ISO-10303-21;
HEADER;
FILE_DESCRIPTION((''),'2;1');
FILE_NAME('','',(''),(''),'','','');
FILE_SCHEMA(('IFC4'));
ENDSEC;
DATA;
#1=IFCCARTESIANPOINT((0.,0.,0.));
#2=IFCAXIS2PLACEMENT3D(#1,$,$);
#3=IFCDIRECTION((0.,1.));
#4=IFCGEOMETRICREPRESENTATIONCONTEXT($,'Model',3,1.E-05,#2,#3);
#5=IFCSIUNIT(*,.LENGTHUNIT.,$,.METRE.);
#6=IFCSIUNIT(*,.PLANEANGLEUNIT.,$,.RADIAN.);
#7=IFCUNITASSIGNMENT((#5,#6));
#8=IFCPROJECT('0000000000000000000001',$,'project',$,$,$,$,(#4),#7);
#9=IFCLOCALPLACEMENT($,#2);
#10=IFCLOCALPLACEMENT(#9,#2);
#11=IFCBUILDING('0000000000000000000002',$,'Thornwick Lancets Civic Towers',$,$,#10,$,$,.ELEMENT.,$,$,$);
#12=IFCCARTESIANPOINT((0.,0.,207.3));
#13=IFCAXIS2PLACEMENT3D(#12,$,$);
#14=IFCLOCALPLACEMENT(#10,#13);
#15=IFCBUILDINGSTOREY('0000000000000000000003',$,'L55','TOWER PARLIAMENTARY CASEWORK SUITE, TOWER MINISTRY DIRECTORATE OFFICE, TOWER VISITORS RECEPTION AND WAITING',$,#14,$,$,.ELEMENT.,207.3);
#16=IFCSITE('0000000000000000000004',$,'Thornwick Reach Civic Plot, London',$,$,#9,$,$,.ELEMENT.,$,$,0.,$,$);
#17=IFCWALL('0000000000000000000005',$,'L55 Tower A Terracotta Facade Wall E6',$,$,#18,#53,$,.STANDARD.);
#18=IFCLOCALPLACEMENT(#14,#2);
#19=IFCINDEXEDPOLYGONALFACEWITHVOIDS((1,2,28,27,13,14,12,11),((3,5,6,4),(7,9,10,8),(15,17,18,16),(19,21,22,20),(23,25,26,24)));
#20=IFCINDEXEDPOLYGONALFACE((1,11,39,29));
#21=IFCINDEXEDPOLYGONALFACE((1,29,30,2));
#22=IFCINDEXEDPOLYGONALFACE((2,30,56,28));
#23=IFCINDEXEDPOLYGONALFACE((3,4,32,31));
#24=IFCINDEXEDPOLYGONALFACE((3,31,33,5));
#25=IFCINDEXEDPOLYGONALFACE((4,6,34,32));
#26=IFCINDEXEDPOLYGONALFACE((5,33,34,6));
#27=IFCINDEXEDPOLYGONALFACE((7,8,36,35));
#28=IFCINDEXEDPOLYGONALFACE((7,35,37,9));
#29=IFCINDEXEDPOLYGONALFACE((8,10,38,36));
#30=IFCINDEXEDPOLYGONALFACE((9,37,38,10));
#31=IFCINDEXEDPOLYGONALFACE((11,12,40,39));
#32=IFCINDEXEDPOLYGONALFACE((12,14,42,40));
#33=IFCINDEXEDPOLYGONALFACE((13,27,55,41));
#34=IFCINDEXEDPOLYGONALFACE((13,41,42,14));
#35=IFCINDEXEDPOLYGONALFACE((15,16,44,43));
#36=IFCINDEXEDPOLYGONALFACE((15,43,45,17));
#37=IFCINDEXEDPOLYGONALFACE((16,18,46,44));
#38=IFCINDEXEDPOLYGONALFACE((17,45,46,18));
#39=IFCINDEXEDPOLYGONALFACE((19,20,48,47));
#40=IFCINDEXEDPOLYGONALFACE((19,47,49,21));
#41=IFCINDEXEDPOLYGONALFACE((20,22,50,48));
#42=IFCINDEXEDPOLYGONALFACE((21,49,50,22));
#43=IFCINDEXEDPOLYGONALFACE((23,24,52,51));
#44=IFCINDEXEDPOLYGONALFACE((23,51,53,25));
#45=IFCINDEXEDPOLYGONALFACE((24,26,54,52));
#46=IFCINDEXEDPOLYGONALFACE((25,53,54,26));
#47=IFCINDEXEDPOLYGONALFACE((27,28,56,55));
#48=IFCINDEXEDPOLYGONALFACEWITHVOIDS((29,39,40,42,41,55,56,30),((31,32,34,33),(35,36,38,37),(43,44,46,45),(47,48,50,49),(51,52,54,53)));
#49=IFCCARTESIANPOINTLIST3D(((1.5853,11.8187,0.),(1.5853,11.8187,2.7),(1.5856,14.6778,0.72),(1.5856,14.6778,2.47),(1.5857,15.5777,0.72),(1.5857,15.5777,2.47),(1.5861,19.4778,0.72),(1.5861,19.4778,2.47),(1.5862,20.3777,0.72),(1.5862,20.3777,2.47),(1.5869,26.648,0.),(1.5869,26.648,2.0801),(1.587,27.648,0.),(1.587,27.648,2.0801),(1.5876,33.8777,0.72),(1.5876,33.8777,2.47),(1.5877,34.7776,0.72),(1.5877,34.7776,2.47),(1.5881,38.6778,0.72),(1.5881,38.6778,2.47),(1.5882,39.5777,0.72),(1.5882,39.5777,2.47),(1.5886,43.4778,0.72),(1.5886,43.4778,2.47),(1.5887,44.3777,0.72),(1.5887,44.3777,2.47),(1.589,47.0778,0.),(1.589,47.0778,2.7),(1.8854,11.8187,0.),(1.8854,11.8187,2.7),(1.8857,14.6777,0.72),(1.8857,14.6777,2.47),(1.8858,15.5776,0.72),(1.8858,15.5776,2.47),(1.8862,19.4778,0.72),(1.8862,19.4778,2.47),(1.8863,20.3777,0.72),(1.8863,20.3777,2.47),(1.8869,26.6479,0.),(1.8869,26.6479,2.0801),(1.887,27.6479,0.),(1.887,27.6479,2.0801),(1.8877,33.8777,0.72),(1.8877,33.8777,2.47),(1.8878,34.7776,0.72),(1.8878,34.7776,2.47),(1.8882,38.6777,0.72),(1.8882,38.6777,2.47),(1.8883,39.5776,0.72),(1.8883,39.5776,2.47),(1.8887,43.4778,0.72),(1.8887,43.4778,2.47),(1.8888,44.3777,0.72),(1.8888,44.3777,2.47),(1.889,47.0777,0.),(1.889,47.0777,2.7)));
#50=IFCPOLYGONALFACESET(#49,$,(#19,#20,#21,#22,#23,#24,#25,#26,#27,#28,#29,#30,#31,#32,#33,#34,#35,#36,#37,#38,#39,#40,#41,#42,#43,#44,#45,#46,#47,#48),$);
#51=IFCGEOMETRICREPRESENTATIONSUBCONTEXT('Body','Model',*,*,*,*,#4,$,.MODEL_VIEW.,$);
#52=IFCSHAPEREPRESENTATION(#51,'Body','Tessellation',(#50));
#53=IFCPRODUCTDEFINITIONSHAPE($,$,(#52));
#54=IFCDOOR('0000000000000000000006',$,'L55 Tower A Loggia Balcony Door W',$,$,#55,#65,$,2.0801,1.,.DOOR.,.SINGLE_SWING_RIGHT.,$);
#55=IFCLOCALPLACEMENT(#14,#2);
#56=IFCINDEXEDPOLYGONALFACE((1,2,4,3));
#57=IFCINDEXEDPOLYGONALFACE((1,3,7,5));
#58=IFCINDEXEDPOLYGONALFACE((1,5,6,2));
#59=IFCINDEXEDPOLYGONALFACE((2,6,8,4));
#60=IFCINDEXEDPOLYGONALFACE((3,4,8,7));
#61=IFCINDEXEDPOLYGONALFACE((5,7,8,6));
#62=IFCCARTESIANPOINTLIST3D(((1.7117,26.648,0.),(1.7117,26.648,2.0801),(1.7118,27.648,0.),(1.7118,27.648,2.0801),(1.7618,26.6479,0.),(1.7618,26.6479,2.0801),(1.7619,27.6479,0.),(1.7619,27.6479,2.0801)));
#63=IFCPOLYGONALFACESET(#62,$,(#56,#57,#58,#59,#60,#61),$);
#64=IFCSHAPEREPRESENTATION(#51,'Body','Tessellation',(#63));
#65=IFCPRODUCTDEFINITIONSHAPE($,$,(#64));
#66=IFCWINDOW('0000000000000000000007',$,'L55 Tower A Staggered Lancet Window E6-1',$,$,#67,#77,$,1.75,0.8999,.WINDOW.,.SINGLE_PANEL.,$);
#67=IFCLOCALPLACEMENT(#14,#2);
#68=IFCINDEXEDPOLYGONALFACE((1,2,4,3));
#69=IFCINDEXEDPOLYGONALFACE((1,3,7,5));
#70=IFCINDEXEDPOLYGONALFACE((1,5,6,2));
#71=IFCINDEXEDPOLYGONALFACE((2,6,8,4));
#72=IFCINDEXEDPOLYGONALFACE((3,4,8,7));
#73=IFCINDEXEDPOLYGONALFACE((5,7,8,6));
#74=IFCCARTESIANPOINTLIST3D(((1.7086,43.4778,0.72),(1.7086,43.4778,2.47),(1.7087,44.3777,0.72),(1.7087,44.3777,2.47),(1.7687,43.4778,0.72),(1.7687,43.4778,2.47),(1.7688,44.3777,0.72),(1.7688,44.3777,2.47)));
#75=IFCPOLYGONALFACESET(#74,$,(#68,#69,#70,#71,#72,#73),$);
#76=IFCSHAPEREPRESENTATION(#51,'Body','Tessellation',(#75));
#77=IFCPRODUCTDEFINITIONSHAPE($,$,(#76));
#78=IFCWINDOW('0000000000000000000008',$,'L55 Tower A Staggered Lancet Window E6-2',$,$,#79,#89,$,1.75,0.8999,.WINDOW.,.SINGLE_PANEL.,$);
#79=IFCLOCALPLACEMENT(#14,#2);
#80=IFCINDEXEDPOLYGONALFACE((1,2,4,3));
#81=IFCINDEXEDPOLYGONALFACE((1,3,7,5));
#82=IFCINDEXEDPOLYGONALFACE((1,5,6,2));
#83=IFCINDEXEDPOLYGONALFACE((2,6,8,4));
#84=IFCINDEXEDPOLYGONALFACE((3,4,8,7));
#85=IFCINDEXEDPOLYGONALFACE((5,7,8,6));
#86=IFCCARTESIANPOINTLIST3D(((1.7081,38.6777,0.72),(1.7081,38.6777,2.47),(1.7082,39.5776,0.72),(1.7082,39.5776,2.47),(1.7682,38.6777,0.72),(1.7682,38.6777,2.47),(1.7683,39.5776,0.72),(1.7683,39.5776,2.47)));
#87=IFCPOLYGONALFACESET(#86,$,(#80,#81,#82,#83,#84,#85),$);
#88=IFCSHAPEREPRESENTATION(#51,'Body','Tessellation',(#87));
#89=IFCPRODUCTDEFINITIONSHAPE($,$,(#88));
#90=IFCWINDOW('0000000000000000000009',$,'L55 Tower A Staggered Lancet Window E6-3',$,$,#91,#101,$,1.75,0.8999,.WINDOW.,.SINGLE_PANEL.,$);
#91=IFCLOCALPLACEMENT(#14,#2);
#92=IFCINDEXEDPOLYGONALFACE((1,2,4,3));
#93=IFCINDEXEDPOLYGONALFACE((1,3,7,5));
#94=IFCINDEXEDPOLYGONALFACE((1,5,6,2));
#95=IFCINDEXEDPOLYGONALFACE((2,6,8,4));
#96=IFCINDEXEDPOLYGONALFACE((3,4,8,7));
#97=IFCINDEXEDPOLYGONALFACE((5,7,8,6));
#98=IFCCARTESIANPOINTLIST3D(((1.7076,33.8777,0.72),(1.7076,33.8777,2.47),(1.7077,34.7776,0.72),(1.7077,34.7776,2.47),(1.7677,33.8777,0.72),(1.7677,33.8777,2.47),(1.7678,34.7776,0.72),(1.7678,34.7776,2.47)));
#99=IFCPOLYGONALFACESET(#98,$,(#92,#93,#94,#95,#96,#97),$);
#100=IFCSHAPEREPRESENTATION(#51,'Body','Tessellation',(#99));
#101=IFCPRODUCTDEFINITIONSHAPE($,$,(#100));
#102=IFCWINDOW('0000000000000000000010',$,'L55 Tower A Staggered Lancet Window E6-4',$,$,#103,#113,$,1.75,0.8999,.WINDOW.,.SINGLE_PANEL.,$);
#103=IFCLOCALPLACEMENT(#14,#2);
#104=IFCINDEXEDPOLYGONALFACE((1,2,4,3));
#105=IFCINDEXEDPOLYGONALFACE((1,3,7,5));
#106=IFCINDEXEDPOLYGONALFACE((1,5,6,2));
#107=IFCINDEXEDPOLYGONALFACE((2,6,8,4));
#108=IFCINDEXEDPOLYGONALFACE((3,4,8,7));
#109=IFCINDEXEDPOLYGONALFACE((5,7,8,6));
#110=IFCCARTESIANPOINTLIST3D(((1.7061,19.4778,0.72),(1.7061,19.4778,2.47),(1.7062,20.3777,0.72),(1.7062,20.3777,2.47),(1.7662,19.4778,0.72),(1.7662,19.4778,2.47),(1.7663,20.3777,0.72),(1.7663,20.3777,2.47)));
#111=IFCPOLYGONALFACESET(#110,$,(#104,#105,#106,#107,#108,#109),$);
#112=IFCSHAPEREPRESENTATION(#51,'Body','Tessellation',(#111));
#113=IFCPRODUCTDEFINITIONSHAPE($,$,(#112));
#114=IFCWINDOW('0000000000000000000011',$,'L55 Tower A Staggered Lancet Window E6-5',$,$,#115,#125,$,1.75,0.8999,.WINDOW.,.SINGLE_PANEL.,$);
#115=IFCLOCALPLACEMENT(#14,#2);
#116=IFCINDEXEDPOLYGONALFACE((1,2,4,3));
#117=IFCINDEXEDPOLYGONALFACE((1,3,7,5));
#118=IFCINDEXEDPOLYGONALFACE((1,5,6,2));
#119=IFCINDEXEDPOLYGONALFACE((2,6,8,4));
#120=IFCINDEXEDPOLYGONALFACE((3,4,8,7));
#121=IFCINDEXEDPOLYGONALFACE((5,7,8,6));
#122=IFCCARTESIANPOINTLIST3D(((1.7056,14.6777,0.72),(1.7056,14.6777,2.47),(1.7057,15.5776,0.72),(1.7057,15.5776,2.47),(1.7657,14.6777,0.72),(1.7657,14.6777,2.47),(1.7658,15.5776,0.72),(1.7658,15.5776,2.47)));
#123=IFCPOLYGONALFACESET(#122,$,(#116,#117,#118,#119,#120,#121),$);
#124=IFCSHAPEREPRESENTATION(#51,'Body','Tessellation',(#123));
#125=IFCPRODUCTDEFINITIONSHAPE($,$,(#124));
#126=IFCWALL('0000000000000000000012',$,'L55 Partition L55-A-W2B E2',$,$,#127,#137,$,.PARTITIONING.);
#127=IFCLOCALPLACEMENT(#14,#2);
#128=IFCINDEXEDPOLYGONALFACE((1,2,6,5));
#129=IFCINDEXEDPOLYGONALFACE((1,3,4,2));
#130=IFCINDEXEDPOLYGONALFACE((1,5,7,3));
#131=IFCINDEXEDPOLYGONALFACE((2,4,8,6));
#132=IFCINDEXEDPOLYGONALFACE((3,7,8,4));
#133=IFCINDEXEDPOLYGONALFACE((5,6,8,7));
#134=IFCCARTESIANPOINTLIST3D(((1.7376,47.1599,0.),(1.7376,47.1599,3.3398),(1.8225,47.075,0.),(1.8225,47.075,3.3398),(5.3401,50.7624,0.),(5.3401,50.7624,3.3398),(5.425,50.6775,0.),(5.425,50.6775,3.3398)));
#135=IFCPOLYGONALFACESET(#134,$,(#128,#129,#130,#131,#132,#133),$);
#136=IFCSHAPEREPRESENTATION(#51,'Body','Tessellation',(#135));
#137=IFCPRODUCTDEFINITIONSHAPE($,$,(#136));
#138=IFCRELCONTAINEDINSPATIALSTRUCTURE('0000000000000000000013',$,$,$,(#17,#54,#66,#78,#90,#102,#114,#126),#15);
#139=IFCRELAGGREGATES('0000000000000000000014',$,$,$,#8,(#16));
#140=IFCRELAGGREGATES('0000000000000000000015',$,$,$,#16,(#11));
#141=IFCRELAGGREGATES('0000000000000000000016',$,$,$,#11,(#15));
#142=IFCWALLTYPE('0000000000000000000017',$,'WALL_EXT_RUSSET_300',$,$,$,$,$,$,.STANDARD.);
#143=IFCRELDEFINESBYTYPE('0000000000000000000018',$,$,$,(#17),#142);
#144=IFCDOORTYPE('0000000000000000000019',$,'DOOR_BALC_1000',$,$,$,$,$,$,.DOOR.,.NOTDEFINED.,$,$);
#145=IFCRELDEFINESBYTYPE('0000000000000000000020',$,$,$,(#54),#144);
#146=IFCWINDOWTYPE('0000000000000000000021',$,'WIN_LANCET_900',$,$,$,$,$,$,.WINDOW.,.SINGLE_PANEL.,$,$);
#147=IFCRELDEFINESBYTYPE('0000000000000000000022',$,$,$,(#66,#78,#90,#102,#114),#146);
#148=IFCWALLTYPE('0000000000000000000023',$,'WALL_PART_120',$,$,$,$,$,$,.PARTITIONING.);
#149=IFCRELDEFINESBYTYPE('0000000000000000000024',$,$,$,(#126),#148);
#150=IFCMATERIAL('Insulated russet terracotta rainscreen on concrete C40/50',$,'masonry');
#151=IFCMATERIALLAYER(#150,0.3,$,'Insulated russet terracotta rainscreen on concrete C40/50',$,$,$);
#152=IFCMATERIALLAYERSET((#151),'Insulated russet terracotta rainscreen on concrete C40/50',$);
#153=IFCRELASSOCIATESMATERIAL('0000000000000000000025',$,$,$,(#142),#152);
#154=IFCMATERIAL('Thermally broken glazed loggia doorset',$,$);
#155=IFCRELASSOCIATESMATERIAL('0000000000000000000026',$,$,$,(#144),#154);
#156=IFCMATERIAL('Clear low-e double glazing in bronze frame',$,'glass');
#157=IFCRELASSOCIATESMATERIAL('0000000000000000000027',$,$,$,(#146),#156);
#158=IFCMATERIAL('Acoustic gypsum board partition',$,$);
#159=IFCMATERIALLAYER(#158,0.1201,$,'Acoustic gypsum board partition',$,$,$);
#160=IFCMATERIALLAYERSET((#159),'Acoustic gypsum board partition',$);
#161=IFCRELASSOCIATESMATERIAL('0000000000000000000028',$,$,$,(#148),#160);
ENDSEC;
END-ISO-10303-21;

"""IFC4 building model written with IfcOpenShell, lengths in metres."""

from ifc_helpers import new_model, si_unit, direction, frame, frame_2d, origin, place, context, subcontext, project, spatial, rectangle, extrude, material, layer, layer_set, type_object, element, fill, save


model = new_model("IFC4")

# Units and contexts
model_context = context("Model", 3, precision=1e-05, world=origin(), true_north=direction((0.0, 1.0)))
body_context = subcontext(model_context, "Body", "Model", "MODEL_VIEW")
ifc_project = project(units=[si_unit("LENGTHUNIT", "METRE"), si_unit("PLANEANGLEUNIT", "RADIAN")], contexts=[model_context])

# Site, building, storey
site_placement = place(None, origin())
site = spatial("IfcSite", under=ifc_project, at=site_placement, Name="Thornwick Reach Civic Plot, London", CompositionType="ELEMENT", RefElevation=0.0)
building_placement = place(site_placement, origin())
building = spatial("IfcBuilding", under=site, at=building_placement, Name="Thornwick Lancets Civic Towers", CompositionType="ELEMENT")
storey_placement = place(building_placement, frame((0.0, 0.0, 207.3)))
storey = spatial("IfcBuildingStorey", under=building, at=storey_placement, Name="L55", Description="TOWER PARLIAMENTARY CASEWORK SUITE, TOWER MINISTRY DIRECTORATE OFFICE, TOWER VISITORS RECEPTION AND WAITING", CompositionType="ELEMENT", Elevation=207.3)

# Wall, openings, door, windows
ifc_material_1 = material(Name="Insulated russet terracotta rainscreen on concrete C40/50", Category="masonry")
ifc_layer_1 = layer(ifc_material_1, 0.3, Name="Insulated russet terracotta rainscreen on concrete C40/50")
ifc_layer_set_1 = layer_set([ifc_layer_1], Name="Insulated russet terracotta rainscreen on concrete C40/50")
wall_type_1 = type_object("IfcWallType", Name="WALL_EXT_RUSSET_300", PredefinedType="STANDARD", material=ifc_layer_set_1)
wall_1_placement = place(storey_placement, frame((1.739, 47.0776, 0.0), z_axis=(0.0, 0.0, 1.0), x_axis=(-0.000104, -1.0, 0.0)))
wall_1 = element("IfcWall", 1, at=wall_1_placement, inside=storey, type_object=wall_type_1, Name="L55 Tower A Terracotta Facade Wall E6", PredefinedType="STANDARD", context=body_context, shape_type="SweptSolid", body=[
    extrude(rectangle(XDim=35.259, YDim=0.3, at=frame_2d((17.6294, 0.0))), origin(), (0.0, 0.0, 1.0), 2.7),
])
opening_1_placement = place(wall_1_placement, frame((19.4297, 0.0, 0.0)))
opening_1 = element("IfcOpeningElement", 2, at=opening_1_placement, cuts=wall_1, PredefinedType="OPENING", context=body_context, shape_type="SweptSolid", body=[
    extrude(rectangle(XDim=1.0, YDim=2.0801, at=frame_2d((0.5, 1.04))), frame((0.0, 0.1602, 0.0), z_axis=(0.0, -1.0, 0.0), x_axis=(1.0, 0.0, 0.0)), (0.0, 0.0, 1.0), 0.3201),
])
opening_2_placement = place(wall_1_placement, frame((2.7, 0.0, 0.72)))
opening_2 = element("IfcOpeningElement", 3, at=opening_2_placement, cuts=wall_1, PredefinedType="OPENING", context=body_context, shape_type="SweptSolid", body=[
    extrude(rectangle(XDim=0.8999, YDim=1.75, at=frame_2d((0.45, 0.875))), frame((0.0, 0.1602, 0.0), z_axis=(0.0, -1.0, 0.0), x_axis=(1.0, 0.0, 0.0)), (0.0, 0.0, 1.0), 0.3201),
])
opening_3_placement = place(wall_1_placement, frame((7.5, 0.0, 0.72)))
opening_3 = element("IfcOpeningElement", 4, at=opening_3_placement, cuts=wall_1, PredefinedType="OPENING", context=body_context, shape_type="SweptSolid", body=[
    extrude(rectangle(XDim=0.8999, YDim=1.75, at=frame_2d((0.45, 0.875))), frame((0.0, 0.1602, 0.0), z_axis=(0.0, -1.0, 0.0), x_axis=(1.0, 0.0, 0.0)), (0.0, 0.0, 1.0), 0.3201),
])
opening_4_placement = place(wall_1_placement, frame((12.3, 0.0, 0.72)))
opening_4 = element("IfcOpeningElement", 5, at=opening_4_placement, cuts=wall_1, PredefinedType="OPENING", context=body_context, shape_type="SweptSolid", body=[
    extrude(rectangle(XDim=0.8999, YDim=1.75, at=frame_2d((0.45, 0.875))), frame((0.0, 0.1602, 0.0), z_axis=(0.0, -1.0, 0.0), x_axis=(1.0, 0.0, 0.0)), (0.0, 0.0, 1.0), 0.3201),
])
opening_5_placement = place(wall_1_placement, frame((26.7, 0.0, 0.72)))
opening_5 = element("IfcOpeningElement", 6, at=opening_5_placement, cuts=wall_1, PredefinedType="OPENING", context=body_context, shape_type="SweptSolid", body=[
    extrude(rectangle(XDim=0.8999, YDim=1.75, at=frame_2d((0.45, 0.875))), frame((0.0, 0.1602, 0.0), z_axis=(0.0, -1.0, 0.0), x_axis=(1.0, 0.0, 0.0)), (0.0, 0.0, 1.0), 0.3201),
])
opening_6_placement = place(wall_1_placement, frame((31.5, 0.0, 0.72)))
opening_6 = element("IfcOpeningElement", 7, at=opening_6_placement, cuts=wall_1, PredefinedType="OPENING", context=body_context, shape_type="SweptSolid", body=[
    extrude(rectangle(XDim=0.8999, YDim=1.75, at=frame_2d((0.45, 0.875))), frame((0.0, 0.1602, 0.0), z_axis=(0.0, -1.0, 0.0), x_axis=(1.0, 0.0, 0.0)), (0.0, 0.0, 1.0), 0.3201),
])
ifc_material_2 = material(Name="Thermally broken glazed loggia doorset")
door_type = type_object("IfcDoorType", Name="DOOR_BALC_1000", OperationType="NOTDEFINED", PredefinedType="DOOR", material=ifc_material_2)
door_placement = place(opening_1_placement, origin())
door = element("IfcDoor", 8, at=door_placement, inside=storey, type_object=door_type, Name="L55 Tower A Loggia Balcony Door W", OperationType="SINGLE_SWING_RIGHT", OverallHeight=2.0801, OverallWidth=1.0, PredefinedType="DOOR", context=body_context, shape_type="SweptSolid", body=[
    extrude(rectangle(XDim=1.0, YDim=2.0801, at=frame_2d((0.5, 1.04))), frame((0.0, 0.0249, 0.0), z_axis=(0.0, -1.0, 0.0), x_axis=(1.0, 0.0, 0.0)), (0.0, 0.0, 1.0), 0.05),
])
fill(opening_1, door)
ifc_material_3 = material(Name="Clear low-e double glazing in bronze frame", Category="glass")
window_type = type_object("IfcWindowType", Name="WIN_LANCET_900", PartitioningType="SINGLE_PANEL", PredefinedType="WINDOW", material=ifc_material_3)
window_1_placement = place(opening_2_placement, origin())
window_1 = element("IfcWindow", 9, at=window_1_placement, inside=storey, type_object=window_type, Name="L55 Tower A Staggered Lancet Window E6-1", OverallHeight=1.75, OverallWidth=0.8999, PartitioningType="SINGLE_PANEL", PredefinedType="WINDOW", context=body_context, shape_type="SweptSolid", body=[
    extrude(rectangle(XDim=0.8999, YDim=1.75, at=frame_2d((0.45, 0.875))), frame((0.0, 0.03, 0.0), z_axis=(0.0, -1.0, 0.0), x_axis=(1.0, 0.0, 0.0)), (0.0, 0.0, 1.0), 0.0601),
])
fill(opening_2, window_1)
window_2_placement = place(opening_3_placement, origin())
window_2 = element("IfcWindow", 10, at=window_2_placement, inside=storey, type_object=window_type, Name="L55 Tower A Staggered Lancet Window E6-2", OverallHeight=1.75, OverallWidth=0.8999, PartitioningType="SINGLE_PANEL", PredefinedType="WINDOW", context=body_context, shape_type="SweptSolid", body=[
    extrude(rectangle(XDim=0.8999, YDim=1.75, at=frame_2d((0.45, 0.875))), frame((0.0, 0.03, 0.0), z_axis=(0.0, -1.0, 0.0), x_axis=(1.0, 0.0, 0.0)), (0.0, 0.0, 1.0), 0.0601),
])
fill(opening_3, window_2)
window_3_placement = place(opening_4_placement, origin())
window_3 = element("IfcWindow", 11, at=window_3_placement, inside=storey, type_object=window_type, Name="L55 Tower A Staggered Lancet Window E6-3", OverallHeight=1.75, OverallWidth=0.8999, PartitioningType="SINGLE_PANEL", PredefinedType="WINDOW", context=body_context, shape_type="SweptSolid", body=[
    extrude(rectangle(XDim=0.8999, YDim=1.75, at=frame_2d((0.45, 0.875))), frame((0.0, 0.03, 0.0), z_axis=(0.0, -1.0, 0.0), x_axis=(1.0, 0.0, 0.0)), (0.0, 0.0, 1.0), 0.0601),
])
fill(opening_4, window_3)
window_4_placement = place(opening_5_placement, origin())
window_4 = element("IfcWindow", 12, at=window_4_placement, inside=storey, type_object=window_type, Name="L55 Tower A Staggered Lancet Window E6-4", OverallHeight=1.75, OverallWidth=0.8999, PartitioningType="SINGLE_PANEL", PredefinedType="WINDOW", context=body_context, shape_type="SweptSolid", body=[
    extrude(rectangle(XDim=0.8999, YDim=1.75, at=frame_2d((0.45, 0.875))), frame((0.0, 0.03, 0.0), z_axis=(0.0, -1.0, 0.0), x_axis=(1.0, 0.0, 0.0)), (0.0, 0.0, 1.0), 0.0601),
])
fill(opening_5, window_4)
window_5_placement = place(opening_6_placement, origin())
window_5 = element("IfcWindow", 13, at=window_5_placement, inside=storey, type_object=window_type, Name="L55 Tower A Staggered Lancet Window E6-5", OverallHeight=1.75, OverallWidth=0.8999, PartitioningType="SINGLE_PANEL", PredefinedType="WINDOW", context=body_context, shape_type="SweptSolid", body=[
    extrude(rectangle(XDim=0.8999, YDim=1.75, at=frame_2d((0.45, 0.875))), frame((0.0, 0.03, 0.0), z_axis=(0.0, -1.0, 0.0), x_axis=(1.0, 0.0, 0.0)), (0.0, 0.0, 1.0), 0.0601),
])
fill(opening_6, window_5)

# Wall
ifc_material_4 = material(Name="Acoustic gypsum board partition")
ifc_layer_2 = layer(ifc_material_4, 0.1201, Name="Acoustic gypsum board partition")
ifc_layer_set_2 = layer_set([ifc_layer_2], Name="Acoustic gypsum board partition")
wall_type_2 = type_object("IfcWallType", Name="WALL_PART_120", PredefinedType="PARTITIONING", material=ifc_layer_set_2)
wall_2_placement = place(storey_placement, frame((1.78, 47.1174, 0.0), z_axis=(0.0, 0.0, 1.0), x_axis=(0.707107, 0.707107, 0.0)))
element("IfcWall", 14, at=wall_2_placement, inside=storey, type_object=wall_type_2, Name="L55 Partition L55-A-W2B E2", PredefinedType="PARTITIONING", context=body_context, shape_type="SweptSolid", body=[
    extrude(rectangle(XDim=5.0947, YDim=0.1201, at=frame_2d((2.5474, 0.0))), origin(), (0.0, 0.0, 1.0), 3.3398),
])

save(model, "model.ifc")
